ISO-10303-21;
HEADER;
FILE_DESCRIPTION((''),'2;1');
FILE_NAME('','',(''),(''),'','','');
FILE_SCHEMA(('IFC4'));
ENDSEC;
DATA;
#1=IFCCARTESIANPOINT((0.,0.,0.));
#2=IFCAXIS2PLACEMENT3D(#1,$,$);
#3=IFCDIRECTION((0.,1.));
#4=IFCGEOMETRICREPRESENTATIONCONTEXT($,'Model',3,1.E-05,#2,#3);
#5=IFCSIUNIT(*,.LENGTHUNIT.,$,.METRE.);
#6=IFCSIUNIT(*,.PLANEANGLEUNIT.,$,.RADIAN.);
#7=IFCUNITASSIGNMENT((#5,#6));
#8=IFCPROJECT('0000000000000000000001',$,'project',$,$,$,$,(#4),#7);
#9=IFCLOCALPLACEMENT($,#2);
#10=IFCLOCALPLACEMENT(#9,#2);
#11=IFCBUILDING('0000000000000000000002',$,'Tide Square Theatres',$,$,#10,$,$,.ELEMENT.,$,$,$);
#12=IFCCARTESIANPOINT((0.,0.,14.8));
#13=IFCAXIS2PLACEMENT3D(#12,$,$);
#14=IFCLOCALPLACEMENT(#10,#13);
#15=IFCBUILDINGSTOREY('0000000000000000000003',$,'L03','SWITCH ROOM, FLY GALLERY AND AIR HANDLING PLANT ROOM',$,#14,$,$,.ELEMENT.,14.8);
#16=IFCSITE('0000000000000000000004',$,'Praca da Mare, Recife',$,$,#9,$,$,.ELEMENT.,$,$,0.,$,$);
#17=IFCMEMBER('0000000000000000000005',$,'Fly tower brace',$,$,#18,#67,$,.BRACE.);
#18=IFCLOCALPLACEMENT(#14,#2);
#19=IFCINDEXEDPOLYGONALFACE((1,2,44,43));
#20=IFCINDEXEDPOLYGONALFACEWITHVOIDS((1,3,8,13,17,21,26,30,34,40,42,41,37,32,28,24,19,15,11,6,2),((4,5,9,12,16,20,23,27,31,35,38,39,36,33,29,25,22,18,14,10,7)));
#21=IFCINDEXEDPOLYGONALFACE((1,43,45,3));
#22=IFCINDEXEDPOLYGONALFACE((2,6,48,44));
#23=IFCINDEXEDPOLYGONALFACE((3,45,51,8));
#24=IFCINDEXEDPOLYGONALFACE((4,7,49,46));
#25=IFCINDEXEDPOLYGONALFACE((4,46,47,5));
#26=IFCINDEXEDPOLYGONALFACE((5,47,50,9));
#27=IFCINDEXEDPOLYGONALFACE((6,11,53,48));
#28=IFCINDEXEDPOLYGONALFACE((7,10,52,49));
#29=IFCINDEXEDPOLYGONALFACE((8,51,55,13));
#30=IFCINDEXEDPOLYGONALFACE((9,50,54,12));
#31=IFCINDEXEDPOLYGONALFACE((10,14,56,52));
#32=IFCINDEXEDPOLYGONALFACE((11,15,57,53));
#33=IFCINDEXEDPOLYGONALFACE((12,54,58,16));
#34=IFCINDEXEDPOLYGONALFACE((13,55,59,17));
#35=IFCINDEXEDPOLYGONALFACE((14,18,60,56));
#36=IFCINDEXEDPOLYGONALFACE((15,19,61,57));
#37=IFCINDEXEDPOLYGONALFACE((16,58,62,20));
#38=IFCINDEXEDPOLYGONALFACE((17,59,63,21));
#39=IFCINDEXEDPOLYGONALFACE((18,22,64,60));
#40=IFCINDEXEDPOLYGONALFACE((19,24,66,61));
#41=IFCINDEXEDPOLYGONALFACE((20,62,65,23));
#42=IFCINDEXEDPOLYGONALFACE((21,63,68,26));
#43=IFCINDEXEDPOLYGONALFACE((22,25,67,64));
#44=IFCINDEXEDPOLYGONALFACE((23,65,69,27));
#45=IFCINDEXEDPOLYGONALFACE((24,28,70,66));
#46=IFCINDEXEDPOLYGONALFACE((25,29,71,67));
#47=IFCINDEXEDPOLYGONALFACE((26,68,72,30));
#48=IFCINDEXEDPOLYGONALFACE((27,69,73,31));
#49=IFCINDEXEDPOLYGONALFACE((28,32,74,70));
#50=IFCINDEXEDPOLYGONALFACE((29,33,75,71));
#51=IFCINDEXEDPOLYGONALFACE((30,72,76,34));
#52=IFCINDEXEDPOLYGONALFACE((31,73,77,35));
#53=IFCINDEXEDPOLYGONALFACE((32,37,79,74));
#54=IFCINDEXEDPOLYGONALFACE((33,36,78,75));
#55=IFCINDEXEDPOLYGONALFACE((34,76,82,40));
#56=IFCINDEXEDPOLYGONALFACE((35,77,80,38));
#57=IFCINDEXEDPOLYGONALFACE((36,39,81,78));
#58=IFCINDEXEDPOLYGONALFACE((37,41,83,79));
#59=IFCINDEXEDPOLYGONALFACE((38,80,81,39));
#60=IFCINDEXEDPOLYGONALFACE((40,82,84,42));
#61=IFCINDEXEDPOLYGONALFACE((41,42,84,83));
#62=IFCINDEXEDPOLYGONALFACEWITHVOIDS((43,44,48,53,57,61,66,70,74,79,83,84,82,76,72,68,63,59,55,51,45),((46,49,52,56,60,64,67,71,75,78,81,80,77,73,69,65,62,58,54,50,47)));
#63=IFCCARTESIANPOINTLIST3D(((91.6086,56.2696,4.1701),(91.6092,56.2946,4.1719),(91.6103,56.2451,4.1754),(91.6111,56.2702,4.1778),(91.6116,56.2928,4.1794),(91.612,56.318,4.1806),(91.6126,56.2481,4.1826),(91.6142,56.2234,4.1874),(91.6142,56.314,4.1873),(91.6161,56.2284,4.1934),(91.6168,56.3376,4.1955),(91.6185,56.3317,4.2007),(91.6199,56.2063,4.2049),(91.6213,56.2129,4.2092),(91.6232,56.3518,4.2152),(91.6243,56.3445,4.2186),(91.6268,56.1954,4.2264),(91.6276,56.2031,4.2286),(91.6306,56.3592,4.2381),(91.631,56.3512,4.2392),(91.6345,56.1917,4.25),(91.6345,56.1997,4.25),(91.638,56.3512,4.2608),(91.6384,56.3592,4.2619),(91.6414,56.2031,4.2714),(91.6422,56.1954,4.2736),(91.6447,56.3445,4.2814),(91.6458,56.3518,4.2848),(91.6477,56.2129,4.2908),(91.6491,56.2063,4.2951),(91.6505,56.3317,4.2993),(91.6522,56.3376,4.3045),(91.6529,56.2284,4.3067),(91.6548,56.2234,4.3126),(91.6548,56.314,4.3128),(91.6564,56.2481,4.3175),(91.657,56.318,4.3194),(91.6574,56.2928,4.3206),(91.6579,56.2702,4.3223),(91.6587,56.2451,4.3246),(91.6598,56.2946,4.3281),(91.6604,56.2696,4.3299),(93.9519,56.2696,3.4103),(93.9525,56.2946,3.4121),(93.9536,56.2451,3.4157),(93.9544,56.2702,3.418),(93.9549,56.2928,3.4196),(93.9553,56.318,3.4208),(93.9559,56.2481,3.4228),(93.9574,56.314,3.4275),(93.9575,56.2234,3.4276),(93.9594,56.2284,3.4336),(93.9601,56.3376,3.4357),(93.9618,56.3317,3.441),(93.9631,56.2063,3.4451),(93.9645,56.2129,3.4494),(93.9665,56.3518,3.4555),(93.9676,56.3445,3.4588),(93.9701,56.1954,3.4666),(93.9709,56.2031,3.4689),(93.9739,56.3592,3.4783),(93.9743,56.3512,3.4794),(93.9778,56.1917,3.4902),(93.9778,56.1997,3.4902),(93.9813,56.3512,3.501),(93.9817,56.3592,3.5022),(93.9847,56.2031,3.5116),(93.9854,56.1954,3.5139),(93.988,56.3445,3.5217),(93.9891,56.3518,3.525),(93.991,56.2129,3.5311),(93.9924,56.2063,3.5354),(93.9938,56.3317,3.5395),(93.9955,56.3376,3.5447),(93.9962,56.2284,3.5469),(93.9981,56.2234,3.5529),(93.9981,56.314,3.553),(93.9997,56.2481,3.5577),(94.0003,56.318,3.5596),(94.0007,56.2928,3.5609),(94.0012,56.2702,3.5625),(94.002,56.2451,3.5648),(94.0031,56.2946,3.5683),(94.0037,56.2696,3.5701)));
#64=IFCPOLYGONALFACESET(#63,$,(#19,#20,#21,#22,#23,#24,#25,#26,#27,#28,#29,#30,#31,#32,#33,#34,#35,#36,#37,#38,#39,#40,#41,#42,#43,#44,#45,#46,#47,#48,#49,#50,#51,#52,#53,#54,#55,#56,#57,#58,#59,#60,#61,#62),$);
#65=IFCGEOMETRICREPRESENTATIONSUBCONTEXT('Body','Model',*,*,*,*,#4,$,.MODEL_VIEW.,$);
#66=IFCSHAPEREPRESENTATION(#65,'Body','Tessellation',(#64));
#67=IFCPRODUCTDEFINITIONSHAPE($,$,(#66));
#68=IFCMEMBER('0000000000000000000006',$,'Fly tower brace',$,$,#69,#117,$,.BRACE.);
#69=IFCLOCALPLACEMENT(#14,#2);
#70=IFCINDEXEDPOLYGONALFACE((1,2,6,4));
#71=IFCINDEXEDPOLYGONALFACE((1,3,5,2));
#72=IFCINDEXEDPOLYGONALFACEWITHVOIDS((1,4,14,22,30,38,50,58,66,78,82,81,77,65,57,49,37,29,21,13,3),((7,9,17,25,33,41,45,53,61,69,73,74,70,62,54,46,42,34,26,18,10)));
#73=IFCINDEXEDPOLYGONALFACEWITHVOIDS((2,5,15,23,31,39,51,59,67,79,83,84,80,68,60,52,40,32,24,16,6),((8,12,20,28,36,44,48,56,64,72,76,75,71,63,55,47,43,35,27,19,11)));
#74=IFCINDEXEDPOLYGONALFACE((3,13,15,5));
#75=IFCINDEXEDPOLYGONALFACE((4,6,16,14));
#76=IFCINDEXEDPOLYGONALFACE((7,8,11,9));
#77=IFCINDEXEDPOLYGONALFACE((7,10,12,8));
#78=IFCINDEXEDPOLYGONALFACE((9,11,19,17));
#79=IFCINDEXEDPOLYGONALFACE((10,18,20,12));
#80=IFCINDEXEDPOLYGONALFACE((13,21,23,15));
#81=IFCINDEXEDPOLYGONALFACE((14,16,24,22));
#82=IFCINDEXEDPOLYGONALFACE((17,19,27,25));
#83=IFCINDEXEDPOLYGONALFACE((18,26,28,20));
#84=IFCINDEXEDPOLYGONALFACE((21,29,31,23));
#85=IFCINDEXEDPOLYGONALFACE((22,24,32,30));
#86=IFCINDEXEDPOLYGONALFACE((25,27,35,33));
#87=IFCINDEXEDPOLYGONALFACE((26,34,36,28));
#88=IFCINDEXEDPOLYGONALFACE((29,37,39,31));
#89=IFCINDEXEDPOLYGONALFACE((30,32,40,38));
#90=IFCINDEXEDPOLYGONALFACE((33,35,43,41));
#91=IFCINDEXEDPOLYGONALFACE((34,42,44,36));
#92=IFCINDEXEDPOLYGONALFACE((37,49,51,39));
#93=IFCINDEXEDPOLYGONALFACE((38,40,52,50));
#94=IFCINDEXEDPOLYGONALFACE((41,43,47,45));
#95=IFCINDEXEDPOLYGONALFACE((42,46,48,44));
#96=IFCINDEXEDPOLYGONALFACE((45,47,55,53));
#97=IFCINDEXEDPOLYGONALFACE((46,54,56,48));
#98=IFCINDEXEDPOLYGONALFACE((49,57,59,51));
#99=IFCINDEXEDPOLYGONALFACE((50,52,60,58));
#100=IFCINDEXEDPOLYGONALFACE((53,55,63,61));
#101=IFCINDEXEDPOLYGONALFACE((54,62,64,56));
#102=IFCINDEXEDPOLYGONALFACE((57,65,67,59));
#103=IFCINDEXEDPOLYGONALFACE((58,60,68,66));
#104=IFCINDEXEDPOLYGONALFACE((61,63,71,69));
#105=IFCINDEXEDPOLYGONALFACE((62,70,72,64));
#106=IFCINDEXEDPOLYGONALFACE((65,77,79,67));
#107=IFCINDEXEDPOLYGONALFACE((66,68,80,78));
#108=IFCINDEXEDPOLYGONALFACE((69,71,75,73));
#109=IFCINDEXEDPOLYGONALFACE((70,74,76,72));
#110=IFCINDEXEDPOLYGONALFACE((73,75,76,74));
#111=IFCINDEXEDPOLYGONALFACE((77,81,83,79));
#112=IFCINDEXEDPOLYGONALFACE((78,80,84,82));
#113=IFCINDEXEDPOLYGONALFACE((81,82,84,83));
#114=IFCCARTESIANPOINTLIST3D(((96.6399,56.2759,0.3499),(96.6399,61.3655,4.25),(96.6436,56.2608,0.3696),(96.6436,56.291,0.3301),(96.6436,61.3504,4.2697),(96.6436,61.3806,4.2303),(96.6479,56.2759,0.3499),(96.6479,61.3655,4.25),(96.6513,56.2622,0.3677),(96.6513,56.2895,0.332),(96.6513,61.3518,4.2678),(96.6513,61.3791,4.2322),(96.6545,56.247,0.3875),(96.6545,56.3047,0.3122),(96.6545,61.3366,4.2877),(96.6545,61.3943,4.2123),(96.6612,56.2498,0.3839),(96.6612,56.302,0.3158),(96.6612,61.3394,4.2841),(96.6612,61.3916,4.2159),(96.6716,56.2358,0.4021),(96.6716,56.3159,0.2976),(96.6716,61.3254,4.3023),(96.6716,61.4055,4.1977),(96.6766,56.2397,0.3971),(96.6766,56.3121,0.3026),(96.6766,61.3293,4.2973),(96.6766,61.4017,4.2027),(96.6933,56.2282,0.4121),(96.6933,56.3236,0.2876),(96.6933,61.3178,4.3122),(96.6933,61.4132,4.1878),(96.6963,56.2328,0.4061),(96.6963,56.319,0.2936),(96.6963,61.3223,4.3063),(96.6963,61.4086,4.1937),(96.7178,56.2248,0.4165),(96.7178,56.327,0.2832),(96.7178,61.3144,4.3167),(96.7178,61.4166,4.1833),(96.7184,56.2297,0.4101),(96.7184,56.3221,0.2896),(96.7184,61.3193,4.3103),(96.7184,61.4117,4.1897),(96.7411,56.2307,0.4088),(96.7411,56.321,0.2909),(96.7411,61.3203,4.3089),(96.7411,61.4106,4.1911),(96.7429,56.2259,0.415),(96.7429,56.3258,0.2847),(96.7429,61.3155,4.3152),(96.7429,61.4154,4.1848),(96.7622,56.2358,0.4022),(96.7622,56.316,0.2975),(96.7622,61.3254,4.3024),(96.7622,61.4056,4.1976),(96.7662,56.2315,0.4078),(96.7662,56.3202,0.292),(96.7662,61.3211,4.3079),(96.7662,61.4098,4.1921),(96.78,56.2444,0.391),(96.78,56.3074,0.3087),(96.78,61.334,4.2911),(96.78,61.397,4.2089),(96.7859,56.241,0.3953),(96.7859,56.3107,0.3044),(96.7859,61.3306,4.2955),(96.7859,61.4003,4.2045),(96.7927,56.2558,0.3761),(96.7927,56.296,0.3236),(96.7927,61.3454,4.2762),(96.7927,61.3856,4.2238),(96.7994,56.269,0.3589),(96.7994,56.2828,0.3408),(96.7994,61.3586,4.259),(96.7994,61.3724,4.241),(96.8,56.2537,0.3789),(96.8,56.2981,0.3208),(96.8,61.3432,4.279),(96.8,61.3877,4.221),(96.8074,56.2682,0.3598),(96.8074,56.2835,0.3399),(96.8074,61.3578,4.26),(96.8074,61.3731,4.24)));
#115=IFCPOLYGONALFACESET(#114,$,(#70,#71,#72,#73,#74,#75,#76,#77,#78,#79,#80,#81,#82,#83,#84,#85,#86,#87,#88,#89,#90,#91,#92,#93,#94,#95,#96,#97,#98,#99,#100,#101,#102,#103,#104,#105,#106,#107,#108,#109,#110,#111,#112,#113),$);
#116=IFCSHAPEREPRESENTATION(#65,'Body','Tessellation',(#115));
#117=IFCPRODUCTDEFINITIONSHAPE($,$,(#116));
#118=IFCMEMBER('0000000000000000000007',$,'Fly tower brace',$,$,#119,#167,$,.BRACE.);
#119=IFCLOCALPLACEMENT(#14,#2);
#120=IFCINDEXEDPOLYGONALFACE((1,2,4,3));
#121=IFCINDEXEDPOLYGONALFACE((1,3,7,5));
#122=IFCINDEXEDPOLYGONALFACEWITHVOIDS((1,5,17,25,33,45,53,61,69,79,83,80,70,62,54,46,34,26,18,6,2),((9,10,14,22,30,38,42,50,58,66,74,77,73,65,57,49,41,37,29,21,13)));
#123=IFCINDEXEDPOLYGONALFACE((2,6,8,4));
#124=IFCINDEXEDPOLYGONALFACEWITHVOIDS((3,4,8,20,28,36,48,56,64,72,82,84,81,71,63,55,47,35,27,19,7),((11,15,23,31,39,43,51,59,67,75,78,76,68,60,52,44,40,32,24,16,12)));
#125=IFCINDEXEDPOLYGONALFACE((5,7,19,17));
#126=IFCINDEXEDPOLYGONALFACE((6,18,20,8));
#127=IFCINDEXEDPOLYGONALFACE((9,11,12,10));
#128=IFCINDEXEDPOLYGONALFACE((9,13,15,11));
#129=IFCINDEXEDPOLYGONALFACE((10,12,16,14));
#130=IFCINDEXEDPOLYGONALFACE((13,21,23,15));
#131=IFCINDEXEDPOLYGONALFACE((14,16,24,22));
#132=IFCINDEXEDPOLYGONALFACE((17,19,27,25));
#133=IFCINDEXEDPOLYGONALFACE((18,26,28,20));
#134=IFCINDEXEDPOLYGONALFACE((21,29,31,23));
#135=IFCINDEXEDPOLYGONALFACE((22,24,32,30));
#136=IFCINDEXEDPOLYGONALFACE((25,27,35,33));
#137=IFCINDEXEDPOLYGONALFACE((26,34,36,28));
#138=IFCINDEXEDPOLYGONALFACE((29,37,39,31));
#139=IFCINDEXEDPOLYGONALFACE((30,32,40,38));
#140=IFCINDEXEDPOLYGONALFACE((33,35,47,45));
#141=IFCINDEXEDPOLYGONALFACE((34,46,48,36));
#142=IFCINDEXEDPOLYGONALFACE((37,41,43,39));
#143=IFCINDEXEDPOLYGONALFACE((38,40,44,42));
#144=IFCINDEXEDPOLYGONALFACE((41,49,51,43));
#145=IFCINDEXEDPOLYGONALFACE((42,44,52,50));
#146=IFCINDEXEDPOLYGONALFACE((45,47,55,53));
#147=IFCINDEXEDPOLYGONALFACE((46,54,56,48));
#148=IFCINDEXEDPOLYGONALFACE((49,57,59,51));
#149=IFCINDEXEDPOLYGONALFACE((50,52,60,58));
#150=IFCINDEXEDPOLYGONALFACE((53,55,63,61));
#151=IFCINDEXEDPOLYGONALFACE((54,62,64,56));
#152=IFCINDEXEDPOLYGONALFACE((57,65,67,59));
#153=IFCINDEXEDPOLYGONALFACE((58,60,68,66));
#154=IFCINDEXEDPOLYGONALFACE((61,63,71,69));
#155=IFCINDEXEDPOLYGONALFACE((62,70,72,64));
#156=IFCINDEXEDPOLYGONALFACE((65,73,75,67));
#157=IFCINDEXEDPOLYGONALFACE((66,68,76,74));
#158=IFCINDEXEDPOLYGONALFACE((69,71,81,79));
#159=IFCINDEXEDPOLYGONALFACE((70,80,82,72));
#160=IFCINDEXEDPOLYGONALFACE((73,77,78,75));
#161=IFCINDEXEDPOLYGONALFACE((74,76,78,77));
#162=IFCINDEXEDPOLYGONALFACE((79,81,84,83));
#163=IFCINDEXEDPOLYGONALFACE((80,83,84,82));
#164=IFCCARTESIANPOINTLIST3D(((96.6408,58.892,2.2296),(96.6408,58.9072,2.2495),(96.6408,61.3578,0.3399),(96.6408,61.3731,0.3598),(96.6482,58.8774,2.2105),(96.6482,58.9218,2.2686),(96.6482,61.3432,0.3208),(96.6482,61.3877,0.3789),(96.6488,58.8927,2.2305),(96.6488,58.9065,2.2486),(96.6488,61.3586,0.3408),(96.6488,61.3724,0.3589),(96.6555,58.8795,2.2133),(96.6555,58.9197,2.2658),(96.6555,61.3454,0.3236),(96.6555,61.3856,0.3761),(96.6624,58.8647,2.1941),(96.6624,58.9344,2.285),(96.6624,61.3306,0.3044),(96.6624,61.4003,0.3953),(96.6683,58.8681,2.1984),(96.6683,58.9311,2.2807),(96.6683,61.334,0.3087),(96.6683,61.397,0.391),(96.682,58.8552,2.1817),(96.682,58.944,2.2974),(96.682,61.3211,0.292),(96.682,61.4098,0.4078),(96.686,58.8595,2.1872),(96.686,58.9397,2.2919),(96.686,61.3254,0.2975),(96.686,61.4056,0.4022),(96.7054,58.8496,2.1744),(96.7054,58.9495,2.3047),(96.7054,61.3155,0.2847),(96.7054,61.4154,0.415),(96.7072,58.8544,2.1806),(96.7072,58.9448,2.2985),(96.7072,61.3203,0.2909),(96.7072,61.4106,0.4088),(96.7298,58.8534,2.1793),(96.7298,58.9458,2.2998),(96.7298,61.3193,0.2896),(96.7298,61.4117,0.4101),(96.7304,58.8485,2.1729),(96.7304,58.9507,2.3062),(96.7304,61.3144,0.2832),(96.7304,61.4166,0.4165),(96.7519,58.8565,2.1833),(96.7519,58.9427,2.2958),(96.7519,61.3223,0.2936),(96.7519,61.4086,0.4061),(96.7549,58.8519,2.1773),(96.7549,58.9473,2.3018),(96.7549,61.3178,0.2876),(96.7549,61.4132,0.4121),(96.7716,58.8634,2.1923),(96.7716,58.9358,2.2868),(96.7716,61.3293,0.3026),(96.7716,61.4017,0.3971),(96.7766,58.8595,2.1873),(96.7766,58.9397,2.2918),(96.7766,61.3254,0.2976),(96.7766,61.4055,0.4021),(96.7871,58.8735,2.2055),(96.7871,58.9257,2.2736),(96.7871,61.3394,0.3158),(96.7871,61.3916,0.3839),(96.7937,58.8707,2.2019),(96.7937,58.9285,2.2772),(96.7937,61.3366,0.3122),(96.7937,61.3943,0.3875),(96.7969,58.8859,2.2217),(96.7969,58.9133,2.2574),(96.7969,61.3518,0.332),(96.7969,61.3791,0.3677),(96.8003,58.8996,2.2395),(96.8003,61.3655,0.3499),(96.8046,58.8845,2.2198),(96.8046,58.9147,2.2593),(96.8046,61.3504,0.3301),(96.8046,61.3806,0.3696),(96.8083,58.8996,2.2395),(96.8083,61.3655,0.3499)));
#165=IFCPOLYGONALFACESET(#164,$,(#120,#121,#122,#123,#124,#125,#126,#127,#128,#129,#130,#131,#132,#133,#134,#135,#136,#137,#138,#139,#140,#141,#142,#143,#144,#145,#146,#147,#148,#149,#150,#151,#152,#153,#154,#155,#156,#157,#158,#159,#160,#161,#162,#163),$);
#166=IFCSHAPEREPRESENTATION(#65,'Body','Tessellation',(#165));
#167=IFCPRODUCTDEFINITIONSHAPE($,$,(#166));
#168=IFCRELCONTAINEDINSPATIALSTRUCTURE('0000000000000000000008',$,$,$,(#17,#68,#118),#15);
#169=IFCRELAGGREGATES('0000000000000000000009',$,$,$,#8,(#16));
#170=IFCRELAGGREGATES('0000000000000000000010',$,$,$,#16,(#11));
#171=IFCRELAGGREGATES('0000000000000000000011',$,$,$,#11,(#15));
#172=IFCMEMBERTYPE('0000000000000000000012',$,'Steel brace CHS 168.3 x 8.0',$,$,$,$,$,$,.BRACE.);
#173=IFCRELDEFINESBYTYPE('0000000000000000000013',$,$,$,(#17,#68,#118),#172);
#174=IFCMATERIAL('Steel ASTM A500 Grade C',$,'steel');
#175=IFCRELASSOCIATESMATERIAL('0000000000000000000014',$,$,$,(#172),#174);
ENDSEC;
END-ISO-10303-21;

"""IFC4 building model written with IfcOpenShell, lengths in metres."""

from ifc_helpers import new_model, si_unit, direction, frame, origin, origin_2d, place, context, subcontext, project, spatial, hollow_circle, extrude, material, material_profile, profile_set, type_object, element, save


model = new_model("IFC4")

# Units and contexts
model_context = context("Model", 3, precision=1e-05, world=origin(), true_north=direction((0.0, 1.0)))
body_context = subcontext(model_context, "Body", "Model", "MODEL_VIEW")
ifc_project = project(units=[si_unit("LENGTHUNIT", "METRE"), si_unit("PLANEANGLEUNIT", "RADIAN")], contexts=[model_context])

# Site, building, storey
site_placement = place(None, origin())
site = spatial("IfcSite", under=ifc_project, at=site_placement, Name="Praca da Mare, Recife", CompositionType="ELEMENT", RefElevation=0.0)
building_placement = place(site_placement, origin())
building = spatial("IfcBuilding", under=site, at=building_placement, Name="Tide Square Theatres", CompositionType="ELEMENT")
storey_placement = place(building_placement, frame((0.0, 0.0, 14.8)))
storey = spatial("IfcBuildingStorey", under=building, at=storey_placement, Name="L03", Description="SWITCH ROOM, FLY GALLERY AND AIR HANDLING PLANT ROOM", CompositionType="ELEMENT", Elevation=14.8)

# Members
ifc_material_1 = material(Name="Steel ASTM A500 Grade C", Category="steel")
ifc_material_profile_1 = material_profile(ifc_material_1, hollow_circle(Radius=0.0842, WallThickness=0.0081, at=origin_2d()))
ifc_profile_set_1 = profile_set([ifc_material_profile_1], Name="Steel ASTM A500 Grade C")
member_type = type_object("IfcMemberType", Name="Steel brace CHS 168.3 x 8.0", PredefinedType="BRACE", material=ifc_profile_set_1)
member_1_placement = place(storey_placement, frame((93.9778, 56.2759, 3.4902), z_axis=(-0.951248, 0.0, 0.308427), x_axis=(0.0, -1.0, 0.0)))
element("IfcMember", 1, at=member_1_placement, inside=storey, type_object=member_type, Name="Fly tower brace", PredefinedType="BRACE", context=body_context, shape_type="SweptSolid", body=[
    extrude(hollow_circle(Radius=0.0842, WallThickness=0.0081, at=origin_2d()), origin(), (0.0, 0.0, 1.0), 2.4634),
])
member_2_placement = place(storey_placement, frame((96.7241, 56.2759, 0.3499), z_axis=(0.0, 0.793748, 0.608247), x_axis=(-1.0, 0.0, 0.0)))
element("IfcMember", 2, at=member_2_placement, inside=storey, type_object=member_type, Name="Fly tower brace", PredefinedType="BRACE", context=body_context, shape_type="SweptSolid", body=[
    extrude(hollow_circle(Radius=0.0842, WallThickness=0.0081, at=origin_2d()), origin(), (0.0, 0.0, 1.0), 6.4121),
])
for number, where, z_axis, x_axis, name in (
    (3, (96.7241, 61.3655, 0.3499), (0.0, -0.793733, 0.608267), (1.0, 0.0, 0.0), "Fly tower brace"),
):
    element("IfcMember", number, at=place(storey_placement, frame(where, z_axis=z_axis, x_axis=x_axis)), inside=storey, type_object=member_type, Name=name, PredefinedType="BRACE", context=body_context, shape_type="SweptSolid", body=[
        extrude(hollow_circle(Radius=0.0842, WallThickness=0.0081, at=origin_2d()), origin(), (0.0, 0.0, 1.0), 3.1067),
    ])

save(model, "model.ifc")
